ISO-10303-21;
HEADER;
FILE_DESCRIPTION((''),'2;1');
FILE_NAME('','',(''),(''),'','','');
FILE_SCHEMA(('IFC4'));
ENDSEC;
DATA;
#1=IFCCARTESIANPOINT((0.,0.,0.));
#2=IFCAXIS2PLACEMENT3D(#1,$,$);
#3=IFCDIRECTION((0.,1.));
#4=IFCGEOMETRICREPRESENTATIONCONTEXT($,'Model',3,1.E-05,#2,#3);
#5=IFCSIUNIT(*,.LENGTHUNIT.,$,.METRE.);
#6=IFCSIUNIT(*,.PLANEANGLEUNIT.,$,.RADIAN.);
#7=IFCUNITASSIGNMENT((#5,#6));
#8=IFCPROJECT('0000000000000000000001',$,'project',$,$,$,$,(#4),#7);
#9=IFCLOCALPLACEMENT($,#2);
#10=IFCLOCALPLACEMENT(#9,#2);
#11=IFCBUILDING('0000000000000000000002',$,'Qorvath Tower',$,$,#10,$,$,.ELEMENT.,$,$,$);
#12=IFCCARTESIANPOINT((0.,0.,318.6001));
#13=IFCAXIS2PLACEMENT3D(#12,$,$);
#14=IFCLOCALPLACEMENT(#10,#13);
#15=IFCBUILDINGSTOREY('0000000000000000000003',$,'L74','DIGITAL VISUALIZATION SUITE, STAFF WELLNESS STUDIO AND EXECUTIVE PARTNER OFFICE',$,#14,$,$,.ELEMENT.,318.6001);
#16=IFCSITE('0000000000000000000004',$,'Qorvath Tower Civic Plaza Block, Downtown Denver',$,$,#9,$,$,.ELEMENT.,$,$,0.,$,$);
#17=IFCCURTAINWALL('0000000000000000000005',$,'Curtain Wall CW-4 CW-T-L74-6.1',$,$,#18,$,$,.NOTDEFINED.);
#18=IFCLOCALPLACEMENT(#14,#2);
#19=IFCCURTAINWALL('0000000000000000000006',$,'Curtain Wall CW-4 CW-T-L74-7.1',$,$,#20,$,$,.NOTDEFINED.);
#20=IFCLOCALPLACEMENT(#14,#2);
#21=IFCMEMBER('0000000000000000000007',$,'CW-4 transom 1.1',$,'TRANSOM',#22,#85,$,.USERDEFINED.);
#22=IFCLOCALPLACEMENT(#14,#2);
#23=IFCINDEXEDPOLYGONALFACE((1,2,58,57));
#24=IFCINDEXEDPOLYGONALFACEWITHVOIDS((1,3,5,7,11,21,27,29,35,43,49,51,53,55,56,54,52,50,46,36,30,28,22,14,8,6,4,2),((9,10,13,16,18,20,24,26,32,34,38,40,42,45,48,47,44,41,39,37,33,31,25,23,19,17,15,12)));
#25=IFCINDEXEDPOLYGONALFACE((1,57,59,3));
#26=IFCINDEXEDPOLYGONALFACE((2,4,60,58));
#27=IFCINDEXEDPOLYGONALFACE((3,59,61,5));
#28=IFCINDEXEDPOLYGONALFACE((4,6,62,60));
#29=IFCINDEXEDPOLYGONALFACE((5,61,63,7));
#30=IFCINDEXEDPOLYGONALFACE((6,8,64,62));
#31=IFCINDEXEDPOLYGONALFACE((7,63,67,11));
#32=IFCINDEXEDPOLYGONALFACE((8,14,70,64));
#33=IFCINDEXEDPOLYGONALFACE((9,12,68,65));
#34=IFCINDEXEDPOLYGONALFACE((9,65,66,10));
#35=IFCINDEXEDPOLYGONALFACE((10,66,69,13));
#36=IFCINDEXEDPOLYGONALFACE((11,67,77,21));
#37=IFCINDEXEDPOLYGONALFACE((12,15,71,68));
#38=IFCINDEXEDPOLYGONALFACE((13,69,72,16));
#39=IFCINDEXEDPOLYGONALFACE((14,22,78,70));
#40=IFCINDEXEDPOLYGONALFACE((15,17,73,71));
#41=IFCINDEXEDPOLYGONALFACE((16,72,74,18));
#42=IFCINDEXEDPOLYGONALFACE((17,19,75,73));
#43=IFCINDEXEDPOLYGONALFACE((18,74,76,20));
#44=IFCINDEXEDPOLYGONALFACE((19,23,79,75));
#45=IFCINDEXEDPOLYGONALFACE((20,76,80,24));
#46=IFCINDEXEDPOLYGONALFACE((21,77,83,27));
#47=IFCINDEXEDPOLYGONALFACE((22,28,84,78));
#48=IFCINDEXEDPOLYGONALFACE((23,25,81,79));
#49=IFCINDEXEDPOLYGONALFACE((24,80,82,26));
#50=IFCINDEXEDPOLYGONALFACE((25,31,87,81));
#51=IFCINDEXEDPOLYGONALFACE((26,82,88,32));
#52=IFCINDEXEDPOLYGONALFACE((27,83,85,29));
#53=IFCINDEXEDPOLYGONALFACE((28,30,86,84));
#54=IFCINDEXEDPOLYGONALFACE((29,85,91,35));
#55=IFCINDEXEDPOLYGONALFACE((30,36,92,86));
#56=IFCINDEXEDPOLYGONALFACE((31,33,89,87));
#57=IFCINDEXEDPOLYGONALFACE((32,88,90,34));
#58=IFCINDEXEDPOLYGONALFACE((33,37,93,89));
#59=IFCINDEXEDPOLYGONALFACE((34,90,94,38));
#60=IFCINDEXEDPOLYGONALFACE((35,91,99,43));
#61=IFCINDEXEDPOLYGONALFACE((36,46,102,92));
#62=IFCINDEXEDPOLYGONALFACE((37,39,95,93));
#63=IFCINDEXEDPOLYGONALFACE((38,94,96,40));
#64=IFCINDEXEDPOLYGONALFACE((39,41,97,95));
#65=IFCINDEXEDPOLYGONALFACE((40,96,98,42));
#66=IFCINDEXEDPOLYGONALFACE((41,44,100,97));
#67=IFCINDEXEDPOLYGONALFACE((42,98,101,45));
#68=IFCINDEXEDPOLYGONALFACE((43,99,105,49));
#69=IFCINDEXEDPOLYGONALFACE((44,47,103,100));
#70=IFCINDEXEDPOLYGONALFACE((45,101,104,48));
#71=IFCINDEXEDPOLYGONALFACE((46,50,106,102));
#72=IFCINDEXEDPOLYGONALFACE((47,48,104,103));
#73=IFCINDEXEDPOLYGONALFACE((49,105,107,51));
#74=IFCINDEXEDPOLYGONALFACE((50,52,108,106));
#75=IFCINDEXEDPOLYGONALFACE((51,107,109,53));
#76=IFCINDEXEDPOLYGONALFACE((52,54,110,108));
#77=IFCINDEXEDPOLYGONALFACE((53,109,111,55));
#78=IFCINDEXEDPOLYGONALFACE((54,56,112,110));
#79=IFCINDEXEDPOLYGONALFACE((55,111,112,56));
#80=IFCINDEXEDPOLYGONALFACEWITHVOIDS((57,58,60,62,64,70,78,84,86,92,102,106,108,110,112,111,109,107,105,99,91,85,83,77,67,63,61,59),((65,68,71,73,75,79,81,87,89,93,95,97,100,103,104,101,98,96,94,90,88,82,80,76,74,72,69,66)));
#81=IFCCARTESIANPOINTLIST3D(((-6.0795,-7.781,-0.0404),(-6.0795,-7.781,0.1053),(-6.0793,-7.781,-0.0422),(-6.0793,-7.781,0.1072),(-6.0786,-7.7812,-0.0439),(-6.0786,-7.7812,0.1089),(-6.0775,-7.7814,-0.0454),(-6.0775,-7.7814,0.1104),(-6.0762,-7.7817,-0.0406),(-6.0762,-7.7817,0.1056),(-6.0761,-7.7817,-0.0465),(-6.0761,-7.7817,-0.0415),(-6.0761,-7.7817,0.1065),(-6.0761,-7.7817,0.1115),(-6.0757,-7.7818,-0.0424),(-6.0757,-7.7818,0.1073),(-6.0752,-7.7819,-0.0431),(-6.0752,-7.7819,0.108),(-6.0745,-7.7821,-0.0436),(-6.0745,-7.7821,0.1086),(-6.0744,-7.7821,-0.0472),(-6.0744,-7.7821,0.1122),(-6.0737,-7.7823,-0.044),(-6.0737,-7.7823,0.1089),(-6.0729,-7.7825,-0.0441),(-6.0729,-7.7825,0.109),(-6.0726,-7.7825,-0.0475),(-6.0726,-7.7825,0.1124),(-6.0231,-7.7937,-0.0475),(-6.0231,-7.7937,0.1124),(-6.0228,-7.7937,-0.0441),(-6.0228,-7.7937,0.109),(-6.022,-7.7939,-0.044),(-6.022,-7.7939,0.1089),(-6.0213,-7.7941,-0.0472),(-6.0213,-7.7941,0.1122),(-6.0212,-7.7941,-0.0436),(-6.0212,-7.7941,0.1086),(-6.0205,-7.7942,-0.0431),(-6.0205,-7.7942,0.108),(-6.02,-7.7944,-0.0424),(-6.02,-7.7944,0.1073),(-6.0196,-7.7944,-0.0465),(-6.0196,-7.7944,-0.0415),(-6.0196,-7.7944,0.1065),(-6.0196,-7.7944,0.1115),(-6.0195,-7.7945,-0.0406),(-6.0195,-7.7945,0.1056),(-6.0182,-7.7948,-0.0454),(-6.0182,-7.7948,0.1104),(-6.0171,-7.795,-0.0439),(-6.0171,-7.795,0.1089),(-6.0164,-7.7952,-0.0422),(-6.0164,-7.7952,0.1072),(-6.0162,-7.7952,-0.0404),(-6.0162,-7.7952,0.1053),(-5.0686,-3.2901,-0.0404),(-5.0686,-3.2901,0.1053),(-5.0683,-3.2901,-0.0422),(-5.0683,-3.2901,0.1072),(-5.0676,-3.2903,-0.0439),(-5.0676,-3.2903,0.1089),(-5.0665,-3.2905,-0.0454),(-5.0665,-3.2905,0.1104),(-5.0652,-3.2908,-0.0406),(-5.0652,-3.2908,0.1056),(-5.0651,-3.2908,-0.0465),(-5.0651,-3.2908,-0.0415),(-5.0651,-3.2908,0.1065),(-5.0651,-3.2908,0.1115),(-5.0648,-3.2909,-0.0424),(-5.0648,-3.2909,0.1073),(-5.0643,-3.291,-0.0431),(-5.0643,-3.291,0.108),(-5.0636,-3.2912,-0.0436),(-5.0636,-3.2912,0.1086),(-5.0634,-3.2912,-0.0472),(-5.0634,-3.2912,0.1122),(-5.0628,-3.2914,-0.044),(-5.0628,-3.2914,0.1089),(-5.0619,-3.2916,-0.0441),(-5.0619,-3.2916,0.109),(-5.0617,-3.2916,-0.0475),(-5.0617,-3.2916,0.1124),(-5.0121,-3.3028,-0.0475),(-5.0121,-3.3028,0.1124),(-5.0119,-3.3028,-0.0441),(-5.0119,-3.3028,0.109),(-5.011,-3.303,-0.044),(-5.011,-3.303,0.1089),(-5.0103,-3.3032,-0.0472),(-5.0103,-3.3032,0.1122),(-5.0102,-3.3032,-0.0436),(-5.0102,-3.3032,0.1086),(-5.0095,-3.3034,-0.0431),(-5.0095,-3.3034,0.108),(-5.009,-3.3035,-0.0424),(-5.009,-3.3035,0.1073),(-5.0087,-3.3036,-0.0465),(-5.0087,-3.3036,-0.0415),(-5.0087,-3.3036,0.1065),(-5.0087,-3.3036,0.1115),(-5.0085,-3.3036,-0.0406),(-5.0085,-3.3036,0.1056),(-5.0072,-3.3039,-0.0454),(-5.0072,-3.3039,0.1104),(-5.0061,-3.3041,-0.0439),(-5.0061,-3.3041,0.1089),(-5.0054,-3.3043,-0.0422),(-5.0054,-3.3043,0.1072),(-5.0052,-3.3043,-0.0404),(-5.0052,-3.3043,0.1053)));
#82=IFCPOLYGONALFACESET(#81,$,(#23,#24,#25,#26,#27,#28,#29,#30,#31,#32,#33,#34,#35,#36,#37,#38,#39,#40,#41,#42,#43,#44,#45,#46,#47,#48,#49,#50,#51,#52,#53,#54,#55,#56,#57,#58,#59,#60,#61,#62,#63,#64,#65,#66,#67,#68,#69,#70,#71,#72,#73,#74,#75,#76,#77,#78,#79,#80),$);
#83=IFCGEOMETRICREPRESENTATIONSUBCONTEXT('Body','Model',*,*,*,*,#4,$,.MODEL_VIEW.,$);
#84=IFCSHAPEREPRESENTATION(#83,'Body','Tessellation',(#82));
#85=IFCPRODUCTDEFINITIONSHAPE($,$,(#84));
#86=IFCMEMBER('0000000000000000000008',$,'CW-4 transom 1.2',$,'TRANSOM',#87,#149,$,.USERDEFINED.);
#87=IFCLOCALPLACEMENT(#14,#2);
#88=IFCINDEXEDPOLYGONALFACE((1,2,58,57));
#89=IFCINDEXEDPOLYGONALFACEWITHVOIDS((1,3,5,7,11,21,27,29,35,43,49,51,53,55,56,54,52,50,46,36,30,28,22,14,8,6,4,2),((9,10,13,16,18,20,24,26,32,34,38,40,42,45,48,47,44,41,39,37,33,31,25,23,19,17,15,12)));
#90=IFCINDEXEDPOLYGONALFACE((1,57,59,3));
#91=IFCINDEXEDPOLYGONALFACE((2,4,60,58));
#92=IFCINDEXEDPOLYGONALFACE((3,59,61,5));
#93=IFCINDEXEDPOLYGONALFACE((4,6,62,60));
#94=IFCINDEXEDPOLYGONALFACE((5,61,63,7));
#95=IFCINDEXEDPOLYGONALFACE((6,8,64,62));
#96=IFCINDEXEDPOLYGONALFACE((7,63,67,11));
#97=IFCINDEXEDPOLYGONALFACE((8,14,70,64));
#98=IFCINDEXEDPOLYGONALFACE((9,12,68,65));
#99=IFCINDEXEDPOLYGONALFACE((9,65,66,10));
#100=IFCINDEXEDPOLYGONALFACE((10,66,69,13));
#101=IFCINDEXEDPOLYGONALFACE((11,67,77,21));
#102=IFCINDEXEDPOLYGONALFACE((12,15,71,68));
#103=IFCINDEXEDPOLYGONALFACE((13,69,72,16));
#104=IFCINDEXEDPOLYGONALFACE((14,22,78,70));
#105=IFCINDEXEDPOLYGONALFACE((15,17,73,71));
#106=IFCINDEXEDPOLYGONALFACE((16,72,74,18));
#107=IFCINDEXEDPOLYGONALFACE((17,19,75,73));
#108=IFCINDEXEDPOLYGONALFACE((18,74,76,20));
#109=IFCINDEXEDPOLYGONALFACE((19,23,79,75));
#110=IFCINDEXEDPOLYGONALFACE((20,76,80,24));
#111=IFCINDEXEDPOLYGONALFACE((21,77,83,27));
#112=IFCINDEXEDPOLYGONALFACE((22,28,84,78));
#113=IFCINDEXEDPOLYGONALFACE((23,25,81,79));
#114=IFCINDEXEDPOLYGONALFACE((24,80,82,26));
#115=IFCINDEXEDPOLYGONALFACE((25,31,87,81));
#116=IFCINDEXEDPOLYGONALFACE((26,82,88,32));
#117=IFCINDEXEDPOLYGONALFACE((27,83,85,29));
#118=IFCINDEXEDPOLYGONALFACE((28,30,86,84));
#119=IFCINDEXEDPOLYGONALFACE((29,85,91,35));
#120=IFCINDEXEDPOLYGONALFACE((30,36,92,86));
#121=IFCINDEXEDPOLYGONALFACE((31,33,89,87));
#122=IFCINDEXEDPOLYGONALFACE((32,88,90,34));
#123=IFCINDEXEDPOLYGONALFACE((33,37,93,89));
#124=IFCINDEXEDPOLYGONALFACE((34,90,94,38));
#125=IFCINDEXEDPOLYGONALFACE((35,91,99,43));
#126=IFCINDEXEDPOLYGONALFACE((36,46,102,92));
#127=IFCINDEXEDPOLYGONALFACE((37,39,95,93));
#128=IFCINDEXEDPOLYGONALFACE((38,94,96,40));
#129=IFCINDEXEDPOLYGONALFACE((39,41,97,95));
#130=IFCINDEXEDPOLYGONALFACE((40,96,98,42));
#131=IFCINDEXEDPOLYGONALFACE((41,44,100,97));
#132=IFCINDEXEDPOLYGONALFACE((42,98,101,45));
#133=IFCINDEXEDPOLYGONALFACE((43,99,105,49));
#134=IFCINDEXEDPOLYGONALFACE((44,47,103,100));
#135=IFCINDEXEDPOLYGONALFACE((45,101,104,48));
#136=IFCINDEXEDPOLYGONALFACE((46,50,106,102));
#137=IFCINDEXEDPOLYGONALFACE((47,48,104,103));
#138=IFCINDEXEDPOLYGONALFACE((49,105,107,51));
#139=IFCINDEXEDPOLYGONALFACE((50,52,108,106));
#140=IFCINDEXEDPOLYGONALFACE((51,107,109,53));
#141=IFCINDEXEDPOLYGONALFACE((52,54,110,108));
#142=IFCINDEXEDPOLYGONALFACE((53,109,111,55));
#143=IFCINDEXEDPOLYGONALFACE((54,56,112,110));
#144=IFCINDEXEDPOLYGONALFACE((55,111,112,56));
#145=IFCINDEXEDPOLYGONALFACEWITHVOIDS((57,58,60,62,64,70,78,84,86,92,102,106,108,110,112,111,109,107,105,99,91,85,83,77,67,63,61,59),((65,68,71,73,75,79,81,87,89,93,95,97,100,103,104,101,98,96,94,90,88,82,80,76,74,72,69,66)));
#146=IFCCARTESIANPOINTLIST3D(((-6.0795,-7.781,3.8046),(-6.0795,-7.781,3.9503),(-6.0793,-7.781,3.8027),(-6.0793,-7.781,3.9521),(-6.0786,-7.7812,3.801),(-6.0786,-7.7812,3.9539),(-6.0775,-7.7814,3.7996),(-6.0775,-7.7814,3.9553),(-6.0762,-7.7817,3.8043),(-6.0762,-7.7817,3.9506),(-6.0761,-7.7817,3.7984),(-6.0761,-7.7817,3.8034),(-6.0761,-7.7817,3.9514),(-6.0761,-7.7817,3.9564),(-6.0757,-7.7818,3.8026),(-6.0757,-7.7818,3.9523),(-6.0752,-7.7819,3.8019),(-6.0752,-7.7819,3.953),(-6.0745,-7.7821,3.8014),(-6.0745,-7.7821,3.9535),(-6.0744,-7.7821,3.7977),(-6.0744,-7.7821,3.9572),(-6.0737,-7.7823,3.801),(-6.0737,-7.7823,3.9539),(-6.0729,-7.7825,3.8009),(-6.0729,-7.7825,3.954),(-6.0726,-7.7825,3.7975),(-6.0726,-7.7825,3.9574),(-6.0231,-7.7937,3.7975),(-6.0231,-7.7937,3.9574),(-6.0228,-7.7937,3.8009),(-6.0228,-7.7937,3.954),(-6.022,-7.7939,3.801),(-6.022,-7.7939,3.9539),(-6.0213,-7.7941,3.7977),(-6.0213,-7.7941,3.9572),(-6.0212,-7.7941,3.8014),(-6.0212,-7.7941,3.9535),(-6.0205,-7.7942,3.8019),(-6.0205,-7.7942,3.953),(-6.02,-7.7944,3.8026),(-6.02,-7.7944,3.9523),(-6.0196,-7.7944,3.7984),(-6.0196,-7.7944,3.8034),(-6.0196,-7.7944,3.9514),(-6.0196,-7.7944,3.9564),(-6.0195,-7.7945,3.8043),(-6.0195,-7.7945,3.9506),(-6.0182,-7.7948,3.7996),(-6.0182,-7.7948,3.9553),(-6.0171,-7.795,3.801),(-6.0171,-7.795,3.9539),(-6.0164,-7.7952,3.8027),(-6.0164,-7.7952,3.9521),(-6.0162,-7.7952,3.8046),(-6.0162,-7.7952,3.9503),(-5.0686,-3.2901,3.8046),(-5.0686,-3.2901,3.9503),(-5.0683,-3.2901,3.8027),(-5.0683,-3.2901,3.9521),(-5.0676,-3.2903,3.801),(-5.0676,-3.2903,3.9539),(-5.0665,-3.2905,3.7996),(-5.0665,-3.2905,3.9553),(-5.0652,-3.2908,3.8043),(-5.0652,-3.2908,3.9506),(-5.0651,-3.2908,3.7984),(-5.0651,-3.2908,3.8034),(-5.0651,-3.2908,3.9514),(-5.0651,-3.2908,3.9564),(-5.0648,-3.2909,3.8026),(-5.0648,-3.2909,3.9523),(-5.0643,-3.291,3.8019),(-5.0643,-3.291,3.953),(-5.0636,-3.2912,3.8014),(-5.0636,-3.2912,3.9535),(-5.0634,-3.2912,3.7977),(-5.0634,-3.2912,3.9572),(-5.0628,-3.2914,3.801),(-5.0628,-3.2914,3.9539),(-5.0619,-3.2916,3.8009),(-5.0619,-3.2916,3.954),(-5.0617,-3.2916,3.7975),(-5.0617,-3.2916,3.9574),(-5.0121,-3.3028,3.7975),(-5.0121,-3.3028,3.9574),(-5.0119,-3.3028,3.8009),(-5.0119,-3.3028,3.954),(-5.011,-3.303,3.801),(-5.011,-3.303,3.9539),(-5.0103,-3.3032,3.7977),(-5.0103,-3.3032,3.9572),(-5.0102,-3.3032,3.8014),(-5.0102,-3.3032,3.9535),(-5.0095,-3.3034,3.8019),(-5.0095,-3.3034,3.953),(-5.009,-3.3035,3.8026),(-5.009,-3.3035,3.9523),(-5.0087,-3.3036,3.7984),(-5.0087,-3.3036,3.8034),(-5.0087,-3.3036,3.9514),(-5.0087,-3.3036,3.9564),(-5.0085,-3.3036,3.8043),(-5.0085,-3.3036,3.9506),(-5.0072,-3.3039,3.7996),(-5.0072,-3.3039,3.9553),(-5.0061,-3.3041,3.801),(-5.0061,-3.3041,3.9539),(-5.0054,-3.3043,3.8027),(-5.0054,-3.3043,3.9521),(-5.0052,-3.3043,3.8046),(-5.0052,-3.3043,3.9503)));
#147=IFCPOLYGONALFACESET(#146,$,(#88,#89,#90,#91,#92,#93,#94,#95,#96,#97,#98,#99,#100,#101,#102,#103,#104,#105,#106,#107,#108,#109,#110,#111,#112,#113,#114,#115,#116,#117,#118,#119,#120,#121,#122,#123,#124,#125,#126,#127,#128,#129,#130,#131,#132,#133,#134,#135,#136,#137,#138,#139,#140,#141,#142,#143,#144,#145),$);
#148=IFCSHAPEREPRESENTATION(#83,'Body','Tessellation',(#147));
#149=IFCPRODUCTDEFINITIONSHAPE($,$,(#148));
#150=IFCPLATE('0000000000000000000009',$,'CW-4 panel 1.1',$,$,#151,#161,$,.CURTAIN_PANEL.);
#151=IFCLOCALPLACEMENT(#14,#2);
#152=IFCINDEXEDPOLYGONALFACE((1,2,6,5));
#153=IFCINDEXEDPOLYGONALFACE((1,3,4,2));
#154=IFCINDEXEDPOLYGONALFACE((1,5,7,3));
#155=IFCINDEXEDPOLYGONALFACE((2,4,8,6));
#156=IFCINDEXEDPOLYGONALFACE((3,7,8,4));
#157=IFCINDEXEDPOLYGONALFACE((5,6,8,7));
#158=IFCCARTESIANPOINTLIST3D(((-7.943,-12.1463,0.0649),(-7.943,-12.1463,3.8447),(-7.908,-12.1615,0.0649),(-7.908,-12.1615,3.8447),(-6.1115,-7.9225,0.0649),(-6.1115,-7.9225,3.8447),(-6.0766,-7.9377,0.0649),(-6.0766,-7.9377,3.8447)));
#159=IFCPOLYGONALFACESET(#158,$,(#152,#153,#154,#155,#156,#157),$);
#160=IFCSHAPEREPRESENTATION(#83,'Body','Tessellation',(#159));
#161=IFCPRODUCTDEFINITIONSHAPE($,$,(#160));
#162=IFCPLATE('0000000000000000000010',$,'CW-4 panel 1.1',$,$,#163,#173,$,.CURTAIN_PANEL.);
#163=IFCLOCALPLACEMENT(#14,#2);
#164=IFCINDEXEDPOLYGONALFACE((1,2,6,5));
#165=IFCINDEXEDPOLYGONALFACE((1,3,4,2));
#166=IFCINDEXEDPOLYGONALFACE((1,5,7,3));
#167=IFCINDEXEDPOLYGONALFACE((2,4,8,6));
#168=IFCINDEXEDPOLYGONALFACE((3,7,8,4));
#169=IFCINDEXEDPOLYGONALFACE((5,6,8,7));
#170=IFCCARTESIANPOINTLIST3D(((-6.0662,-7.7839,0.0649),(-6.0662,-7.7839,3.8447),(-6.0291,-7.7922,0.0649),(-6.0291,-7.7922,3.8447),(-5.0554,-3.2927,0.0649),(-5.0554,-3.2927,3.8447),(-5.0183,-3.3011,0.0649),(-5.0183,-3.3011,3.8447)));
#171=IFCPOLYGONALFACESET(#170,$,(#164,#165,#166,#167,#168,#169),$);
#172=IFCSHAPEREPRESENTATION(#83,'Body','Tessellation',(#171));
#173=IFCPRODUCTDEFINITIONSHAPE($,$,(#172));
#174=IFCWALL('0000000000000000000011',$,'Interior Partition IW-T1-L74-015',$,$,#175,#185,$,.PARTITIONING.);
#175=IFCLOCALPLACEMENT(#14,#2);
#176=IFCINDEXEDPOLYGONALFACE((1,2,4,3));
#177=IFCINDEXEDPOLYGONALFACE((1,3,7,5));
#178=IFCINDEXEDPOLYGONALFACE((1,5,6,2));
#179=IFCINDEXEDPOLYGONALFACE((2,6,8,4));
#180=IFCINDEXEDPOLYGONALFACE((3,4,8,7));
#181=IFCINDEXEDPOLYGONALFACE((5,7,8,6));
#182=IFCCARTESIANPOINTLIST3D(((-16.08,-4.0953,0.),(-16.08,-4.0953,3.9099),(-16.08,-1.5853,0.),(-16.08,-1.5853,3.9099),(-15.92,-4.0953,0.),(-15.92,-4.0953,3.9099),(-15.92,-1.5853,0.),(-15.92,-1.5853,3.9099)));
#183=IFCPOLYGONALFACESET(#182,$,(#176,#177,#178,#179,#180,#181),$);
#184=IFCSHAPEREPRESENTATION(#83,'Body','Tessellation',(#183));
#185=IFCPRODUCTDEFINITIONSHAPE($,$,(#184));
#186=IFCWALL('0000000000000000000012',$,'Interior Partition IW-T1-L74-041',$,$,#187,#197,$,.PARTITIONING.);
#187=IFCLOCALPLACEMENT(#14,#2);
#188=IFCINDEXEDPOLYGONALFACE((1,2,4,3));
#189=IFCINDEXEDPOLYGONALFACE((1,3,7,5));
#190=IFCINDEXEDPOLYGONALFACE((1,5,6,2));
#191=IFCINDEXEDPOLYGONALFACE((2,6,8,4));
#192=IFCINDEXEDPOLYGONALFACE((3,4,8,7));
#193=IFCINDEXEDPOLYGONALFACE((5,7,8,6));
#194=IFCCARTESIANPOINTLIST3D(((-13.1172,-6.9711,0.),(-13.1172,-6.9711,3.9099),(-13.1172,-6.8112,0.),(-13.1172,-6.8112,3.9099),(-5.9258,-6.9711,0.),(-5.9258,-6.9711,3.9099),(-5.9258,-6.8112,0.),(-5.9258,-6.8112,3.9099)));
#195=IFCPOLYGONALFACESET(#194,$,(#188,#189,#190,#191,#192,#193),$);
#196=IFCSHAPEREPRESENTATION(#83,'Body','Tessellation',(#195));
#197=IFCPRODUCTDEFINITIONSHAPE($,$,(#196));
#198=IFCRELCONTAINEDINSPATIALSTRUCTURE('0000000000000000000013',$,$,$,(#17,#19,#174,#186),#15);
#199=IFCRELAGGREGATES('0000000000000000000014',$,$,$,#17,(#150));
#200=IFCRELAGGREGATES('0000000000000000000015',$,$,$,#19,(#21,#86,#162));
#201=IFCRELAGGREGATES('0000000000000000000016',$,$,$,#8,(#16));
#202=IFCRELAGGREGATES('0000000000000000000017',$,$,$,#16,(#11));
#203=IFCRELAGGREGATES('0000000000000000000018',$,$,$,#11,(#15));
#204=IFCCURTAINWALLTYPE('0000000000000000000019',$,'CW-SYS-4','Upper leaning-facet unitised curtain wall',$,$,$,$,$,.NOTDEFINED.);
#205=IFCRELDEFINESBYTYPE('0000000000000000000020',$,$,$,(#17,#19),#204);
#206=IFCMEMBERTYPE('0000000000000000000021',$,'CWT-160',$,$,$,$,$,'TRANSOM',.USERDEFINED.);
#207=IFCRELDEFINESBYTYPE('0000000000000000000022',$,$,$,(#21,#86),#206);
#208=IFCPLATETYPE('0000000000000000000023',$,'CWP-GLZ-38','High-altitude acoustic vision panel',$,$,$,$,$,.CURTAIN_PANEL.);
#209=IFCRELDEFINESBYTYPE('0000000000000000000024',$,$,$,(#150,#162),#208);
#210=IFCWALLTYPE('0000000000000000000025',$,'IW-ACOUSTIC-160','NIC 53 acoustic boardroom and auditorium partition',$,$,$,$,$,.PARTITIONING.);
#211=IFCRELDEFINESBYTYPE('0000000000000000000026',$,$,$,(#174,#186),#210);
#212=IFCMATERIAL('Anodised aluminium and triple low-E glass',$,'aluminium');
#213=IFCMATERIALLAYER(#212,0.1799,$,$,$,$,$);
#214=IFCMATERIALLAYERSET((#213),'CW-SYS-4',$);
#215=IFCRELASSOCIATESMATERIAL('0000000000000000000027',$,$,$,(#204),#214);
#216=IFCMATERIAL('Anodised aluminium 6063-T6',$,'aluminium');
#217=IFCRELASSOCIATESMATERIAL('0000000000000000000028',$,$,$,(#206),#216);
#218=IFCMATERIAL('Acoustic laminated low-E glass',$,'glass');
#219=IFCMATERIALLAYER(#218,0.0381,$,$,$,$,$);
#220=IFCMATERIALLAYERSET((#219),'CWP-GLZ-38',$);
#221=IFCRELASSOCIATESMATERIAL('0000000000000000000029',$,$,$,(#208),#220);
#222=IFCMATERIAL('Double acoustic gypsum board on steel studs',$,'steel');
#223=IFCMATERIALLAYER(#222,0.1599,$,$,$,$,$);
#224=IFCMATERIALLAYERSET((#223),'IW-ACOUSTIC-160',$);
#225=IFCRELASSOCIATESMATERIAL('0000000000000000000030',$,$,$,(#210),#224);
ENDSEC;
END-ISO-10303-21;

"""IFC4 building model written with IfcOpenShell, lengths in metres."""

from ifc_helpers import new_model, si_unit, direction, frame, frame_2d, origin, origin_2d, place, context, subcontext, project, spatial, rectangle, hollow_rectangle, extrude, material, layer, layer_set, material_profile, profile_set, type_object, element, aggregate, save


model = new_model("IFC4")

# Units and contexts
model_context = context("Model", 3, precision=1e-05, world=origin(), true_north=direction((0.0, 1.0)))
body_context = subcontext(model_context, "Body", "Model", "MODEL_VIEW")
ifc_project = project(units=[si_unit("LENGTHUNIT", "METRE"), si_unit("PLANEANGLEUNIT", "RADIAN")], contexts=[model_context])

# Site, building, storey
site_placement = place(None, origin())
site = spatial("IfcSite", under=ifc_project, at=site_placement, Name="Qorvath Tower Civic Plaza Block, Downtown Denver", CompositionType="ELEMENT", RefElevation=0.0)
building_placement = place(site_placement, origin())
building = spatial("IfcBuilding", under=site, at=building_placement, Name="Qorvath Tower", CompositionType="ELEMENT")
storey_placement = place(building_placement, frame((0.0, 0.0, 318.6001)))
storey = spatial("IfcBuildingStorey", under=building, at=storey_placement, Name="L74", Description="DIGITAL VISUALIZATION SUITE, STAFF WELLNESS STUDIO AND EXECUTIVE PARTNER OFFICE", CompositionType="ELEMENT", Elevation=318.6001)

# Curtain wall
ifc_material_1 = material(Name="Anodised aluminium and triple low-E glass", Category="aluminium")
ifc_layer_1 = layer(ifc_material_1, 0.1799)
ifc_layer_set_1 = layer_set([ifc_layer_1], Name="CW-SYS-4")
curtain_wall_type = type_object("IfcCurtainWallType", Name="CW-SYS-4", Description="Upper leaning-facet unitised curtain wall", PredefinedType="NOTDEFINED", material=ifc_layer_set_1)
curtain_wall_1_placement = place(storey_placement, origin())
curtain_wall_1 = element("IfcCurtainWall", 1, at=curtain_wall_1_placement, inside=storey, type_object=curtain_wall_type, Name="Curtain Wall CW-4 CW-T-L74-6.1", PredefinedType="NOTDEFINED")

# Curtain wall, members
curtain_wall_2_placement = place(storey_placement, origin())
curtain_wall_2 = element("IfcCurtainWall", 2, at=curtain_wall_2_placement, inside=storey, type_object=curtain_wall_type, Name="Curtain Wall CW-4 CW-T-L74-7.1", PredefinedType="NOTDEFINED")
ifc_material_2 = material(Name="Anodised aluminium 6063-T6", Category="aluminium")
ifc_material_profile_1 = material_profile(ifc_material_2, hollow_rectangle(XDim=0.0649, YDim=0.1599, WallThickness=0.0034, InnerFilletRadius=0.0034, OuterFilletRadius=0.0071, at=origin_2d()), Name="CWT 160x65")
ifc_profile_set_1 = profile_set([ifc_material_profile_1], Name="Anodised aluminium 6063-T6")
member_type_1 = type_object("IfcMemberType", Name="CWT-160", ElementType="TRANSOM", PredefinedType="USERDEFINED", material=ifc_profile_set_1)
member_1_placement = place(storey_placement, frame((-6.0479, -7.7881, 0.0325), z_axis=(0.219619, 0.975586, 0.0), x_axis=(-0.975586, 0.219619, 0.0)))
member_1 = element("IfcMember", 3, at=member_1_placement, type_object=member_type_1, Name="CW-4 transom 1.1", ObjectType="TRANSOM", PredefinedType="USERDEFINED", context=body_context, shape_type="SweptSolid", body=[
    extrude(hollow_rectangle(XDim=0.0649, YDim=0.1599, WallThickness=0.0034, InnerFilletRadius=0.0034, OuterFilletRadius=0.0071, at=origin_2d()), origin(), (0.0, 0.0, 1.0), 4.6033),
])
member_2_placement = place(storey_placement, frame((-6.0479, -7.7881, 3.8774), z_axis=(0.219619, 0.975586, 0.0), x_axis=(-0.975586, 0.219619, 0.0)))
member_2 = element("IfcMember", 4, at=member_2_placement, type_object=member_type_1, Name="CW-4 transom 1.2", ObjectType="TRANSOM", PredefinedType="USERDEFINED", context=body_context, shape_type="SweptSolid", body=[
    extrude(hollow_rectangle(XDim=0.0649, YDim=0.1599, WallThickness=0.0034, InnerFilletRadius=0.0034, OuterFilletRadius=0.0071, at=origin_2d()), origin(), (0.0, 0.0, 1.0), 4.6033),
])

# Plates
ifc_material_3 = material(Name="Acoustic laminated low-E glass", Category="glass")
ifc_layer_2 = layer(ifc_material_3, 0.0381)
ifc_layer_set_2 = layer_set([ifc_layer_2], Name="CWP-GLZ-38")
plate_type = type_object("IfcPlateType", Name="CWP-GLZ-38", Description="High-altitude acoustic vision panel", PredefinedType="CURTAIN_PANEL", material=ifc_layer_set_2)
plate_1_placement = place(storey_placement, frame((-7.0098, -10.042, 0.0649), z_axis=(0.0, 0.0, 1.0), x_axis=(0.397813, 0.917467, 0.0)))
plate_1 = element("IfcPlate", 5, at=plate_1_placement, type_object=plate_type, Name="CW-4 panel 1.1", PredefinedType="CURTAIN_PANEL", context=body_context, shape_type="SweptSolid", body=[
    extrude(rectangle(XDim=4.6038, YDim=0.0381, at=origin_2d()), origin(), (0.0, 0.0, 1.0), 3.7798),
])
aggregate(curtain_wall_1, [plate_1])
plate_2_placement = place(storey_placement, frame((-5.5422, -5.5425, 0.0649), z_axis=(0.0, 0.0, 1.0), x_axis=(0.219569, 0.975597, 0.0)))
plate_2 = element("IfcPlate", 6, at=plate_2_placement, type_object=plate_type, Name="CW-4 panel 1.1", PredefinedType="CURTAIN_PANEL", context=body_context, shape_type="SweptSolid", body=[
    extrude(rectangle(XDim=4.6035, YDim=0.0381, at=origin_2d()), origin(), (0.0, 0.0, 1.0), 3.7798),
])
aggregate(curtain_wall_2, [member_1, member_2, plate_2])

# Walls
ifc_material_4 = material(Name="Double acoustic gypsum board on steel studs", Category="steel")
ifc_layer_3 = layer(ifc_material_4, 0.1599)
ifc_layer_set_3 = layer_set([ifc_layer_3], Name="IW-ACOUSTIC-160")
wall_type_1 = type_object("IfcWallType", Name="IW-ACOUSTIC-160", Description="NIC 53 acoustic boardroom and auditorium partition", PredefinedType="PARTITIONING", material=ifc_layer_set_3)
wall_1_placement = place(storey_placement, frame((-16.0, -4.0952, 0.0), z_axis=(0.0, 0.0, 1.0), x_axis=(0.0, 1.0, 0.0)))
element("IfcWall", 7, at=wall_1_placement, inside=storey, type_object=wall_type_1, Name="Interior Partition IW-T1-L74-015", PredefinedType="PARTITIONING", context=body_context, shape_type="SweptSolid", body=[
    extrude(rectangle(XDim=2.51, YDim=0.1599, at=frame_2d((1.2549, 0.0))), origin(), (0.0, 0.0, 1.0), 3.9099),
])
wall_2_placement = place(storey_placement, frame((-5.9258, -6.8911, 0.0), z_axis=(0.0, 0.0, 1.0), x_axis=(-1.0, 0.0, 0.0)))
element("IfcWall", 8, at=wall_2_placement, inside=storey, type_object=wall_type_1, Name="Interior Partition IW-T1-L74-041", PredefinedType="PARTITIONING", context=body_context, shape_type="SweptSolid", body=[
    extrude(rectangle(XDim=7.1914, YDim=0.1599, at=frame_2d((3.5957, 0.0))), origin(), (0.0, 0.0, 1.0), 3.9099),
])

save(model, "model.ifc")
